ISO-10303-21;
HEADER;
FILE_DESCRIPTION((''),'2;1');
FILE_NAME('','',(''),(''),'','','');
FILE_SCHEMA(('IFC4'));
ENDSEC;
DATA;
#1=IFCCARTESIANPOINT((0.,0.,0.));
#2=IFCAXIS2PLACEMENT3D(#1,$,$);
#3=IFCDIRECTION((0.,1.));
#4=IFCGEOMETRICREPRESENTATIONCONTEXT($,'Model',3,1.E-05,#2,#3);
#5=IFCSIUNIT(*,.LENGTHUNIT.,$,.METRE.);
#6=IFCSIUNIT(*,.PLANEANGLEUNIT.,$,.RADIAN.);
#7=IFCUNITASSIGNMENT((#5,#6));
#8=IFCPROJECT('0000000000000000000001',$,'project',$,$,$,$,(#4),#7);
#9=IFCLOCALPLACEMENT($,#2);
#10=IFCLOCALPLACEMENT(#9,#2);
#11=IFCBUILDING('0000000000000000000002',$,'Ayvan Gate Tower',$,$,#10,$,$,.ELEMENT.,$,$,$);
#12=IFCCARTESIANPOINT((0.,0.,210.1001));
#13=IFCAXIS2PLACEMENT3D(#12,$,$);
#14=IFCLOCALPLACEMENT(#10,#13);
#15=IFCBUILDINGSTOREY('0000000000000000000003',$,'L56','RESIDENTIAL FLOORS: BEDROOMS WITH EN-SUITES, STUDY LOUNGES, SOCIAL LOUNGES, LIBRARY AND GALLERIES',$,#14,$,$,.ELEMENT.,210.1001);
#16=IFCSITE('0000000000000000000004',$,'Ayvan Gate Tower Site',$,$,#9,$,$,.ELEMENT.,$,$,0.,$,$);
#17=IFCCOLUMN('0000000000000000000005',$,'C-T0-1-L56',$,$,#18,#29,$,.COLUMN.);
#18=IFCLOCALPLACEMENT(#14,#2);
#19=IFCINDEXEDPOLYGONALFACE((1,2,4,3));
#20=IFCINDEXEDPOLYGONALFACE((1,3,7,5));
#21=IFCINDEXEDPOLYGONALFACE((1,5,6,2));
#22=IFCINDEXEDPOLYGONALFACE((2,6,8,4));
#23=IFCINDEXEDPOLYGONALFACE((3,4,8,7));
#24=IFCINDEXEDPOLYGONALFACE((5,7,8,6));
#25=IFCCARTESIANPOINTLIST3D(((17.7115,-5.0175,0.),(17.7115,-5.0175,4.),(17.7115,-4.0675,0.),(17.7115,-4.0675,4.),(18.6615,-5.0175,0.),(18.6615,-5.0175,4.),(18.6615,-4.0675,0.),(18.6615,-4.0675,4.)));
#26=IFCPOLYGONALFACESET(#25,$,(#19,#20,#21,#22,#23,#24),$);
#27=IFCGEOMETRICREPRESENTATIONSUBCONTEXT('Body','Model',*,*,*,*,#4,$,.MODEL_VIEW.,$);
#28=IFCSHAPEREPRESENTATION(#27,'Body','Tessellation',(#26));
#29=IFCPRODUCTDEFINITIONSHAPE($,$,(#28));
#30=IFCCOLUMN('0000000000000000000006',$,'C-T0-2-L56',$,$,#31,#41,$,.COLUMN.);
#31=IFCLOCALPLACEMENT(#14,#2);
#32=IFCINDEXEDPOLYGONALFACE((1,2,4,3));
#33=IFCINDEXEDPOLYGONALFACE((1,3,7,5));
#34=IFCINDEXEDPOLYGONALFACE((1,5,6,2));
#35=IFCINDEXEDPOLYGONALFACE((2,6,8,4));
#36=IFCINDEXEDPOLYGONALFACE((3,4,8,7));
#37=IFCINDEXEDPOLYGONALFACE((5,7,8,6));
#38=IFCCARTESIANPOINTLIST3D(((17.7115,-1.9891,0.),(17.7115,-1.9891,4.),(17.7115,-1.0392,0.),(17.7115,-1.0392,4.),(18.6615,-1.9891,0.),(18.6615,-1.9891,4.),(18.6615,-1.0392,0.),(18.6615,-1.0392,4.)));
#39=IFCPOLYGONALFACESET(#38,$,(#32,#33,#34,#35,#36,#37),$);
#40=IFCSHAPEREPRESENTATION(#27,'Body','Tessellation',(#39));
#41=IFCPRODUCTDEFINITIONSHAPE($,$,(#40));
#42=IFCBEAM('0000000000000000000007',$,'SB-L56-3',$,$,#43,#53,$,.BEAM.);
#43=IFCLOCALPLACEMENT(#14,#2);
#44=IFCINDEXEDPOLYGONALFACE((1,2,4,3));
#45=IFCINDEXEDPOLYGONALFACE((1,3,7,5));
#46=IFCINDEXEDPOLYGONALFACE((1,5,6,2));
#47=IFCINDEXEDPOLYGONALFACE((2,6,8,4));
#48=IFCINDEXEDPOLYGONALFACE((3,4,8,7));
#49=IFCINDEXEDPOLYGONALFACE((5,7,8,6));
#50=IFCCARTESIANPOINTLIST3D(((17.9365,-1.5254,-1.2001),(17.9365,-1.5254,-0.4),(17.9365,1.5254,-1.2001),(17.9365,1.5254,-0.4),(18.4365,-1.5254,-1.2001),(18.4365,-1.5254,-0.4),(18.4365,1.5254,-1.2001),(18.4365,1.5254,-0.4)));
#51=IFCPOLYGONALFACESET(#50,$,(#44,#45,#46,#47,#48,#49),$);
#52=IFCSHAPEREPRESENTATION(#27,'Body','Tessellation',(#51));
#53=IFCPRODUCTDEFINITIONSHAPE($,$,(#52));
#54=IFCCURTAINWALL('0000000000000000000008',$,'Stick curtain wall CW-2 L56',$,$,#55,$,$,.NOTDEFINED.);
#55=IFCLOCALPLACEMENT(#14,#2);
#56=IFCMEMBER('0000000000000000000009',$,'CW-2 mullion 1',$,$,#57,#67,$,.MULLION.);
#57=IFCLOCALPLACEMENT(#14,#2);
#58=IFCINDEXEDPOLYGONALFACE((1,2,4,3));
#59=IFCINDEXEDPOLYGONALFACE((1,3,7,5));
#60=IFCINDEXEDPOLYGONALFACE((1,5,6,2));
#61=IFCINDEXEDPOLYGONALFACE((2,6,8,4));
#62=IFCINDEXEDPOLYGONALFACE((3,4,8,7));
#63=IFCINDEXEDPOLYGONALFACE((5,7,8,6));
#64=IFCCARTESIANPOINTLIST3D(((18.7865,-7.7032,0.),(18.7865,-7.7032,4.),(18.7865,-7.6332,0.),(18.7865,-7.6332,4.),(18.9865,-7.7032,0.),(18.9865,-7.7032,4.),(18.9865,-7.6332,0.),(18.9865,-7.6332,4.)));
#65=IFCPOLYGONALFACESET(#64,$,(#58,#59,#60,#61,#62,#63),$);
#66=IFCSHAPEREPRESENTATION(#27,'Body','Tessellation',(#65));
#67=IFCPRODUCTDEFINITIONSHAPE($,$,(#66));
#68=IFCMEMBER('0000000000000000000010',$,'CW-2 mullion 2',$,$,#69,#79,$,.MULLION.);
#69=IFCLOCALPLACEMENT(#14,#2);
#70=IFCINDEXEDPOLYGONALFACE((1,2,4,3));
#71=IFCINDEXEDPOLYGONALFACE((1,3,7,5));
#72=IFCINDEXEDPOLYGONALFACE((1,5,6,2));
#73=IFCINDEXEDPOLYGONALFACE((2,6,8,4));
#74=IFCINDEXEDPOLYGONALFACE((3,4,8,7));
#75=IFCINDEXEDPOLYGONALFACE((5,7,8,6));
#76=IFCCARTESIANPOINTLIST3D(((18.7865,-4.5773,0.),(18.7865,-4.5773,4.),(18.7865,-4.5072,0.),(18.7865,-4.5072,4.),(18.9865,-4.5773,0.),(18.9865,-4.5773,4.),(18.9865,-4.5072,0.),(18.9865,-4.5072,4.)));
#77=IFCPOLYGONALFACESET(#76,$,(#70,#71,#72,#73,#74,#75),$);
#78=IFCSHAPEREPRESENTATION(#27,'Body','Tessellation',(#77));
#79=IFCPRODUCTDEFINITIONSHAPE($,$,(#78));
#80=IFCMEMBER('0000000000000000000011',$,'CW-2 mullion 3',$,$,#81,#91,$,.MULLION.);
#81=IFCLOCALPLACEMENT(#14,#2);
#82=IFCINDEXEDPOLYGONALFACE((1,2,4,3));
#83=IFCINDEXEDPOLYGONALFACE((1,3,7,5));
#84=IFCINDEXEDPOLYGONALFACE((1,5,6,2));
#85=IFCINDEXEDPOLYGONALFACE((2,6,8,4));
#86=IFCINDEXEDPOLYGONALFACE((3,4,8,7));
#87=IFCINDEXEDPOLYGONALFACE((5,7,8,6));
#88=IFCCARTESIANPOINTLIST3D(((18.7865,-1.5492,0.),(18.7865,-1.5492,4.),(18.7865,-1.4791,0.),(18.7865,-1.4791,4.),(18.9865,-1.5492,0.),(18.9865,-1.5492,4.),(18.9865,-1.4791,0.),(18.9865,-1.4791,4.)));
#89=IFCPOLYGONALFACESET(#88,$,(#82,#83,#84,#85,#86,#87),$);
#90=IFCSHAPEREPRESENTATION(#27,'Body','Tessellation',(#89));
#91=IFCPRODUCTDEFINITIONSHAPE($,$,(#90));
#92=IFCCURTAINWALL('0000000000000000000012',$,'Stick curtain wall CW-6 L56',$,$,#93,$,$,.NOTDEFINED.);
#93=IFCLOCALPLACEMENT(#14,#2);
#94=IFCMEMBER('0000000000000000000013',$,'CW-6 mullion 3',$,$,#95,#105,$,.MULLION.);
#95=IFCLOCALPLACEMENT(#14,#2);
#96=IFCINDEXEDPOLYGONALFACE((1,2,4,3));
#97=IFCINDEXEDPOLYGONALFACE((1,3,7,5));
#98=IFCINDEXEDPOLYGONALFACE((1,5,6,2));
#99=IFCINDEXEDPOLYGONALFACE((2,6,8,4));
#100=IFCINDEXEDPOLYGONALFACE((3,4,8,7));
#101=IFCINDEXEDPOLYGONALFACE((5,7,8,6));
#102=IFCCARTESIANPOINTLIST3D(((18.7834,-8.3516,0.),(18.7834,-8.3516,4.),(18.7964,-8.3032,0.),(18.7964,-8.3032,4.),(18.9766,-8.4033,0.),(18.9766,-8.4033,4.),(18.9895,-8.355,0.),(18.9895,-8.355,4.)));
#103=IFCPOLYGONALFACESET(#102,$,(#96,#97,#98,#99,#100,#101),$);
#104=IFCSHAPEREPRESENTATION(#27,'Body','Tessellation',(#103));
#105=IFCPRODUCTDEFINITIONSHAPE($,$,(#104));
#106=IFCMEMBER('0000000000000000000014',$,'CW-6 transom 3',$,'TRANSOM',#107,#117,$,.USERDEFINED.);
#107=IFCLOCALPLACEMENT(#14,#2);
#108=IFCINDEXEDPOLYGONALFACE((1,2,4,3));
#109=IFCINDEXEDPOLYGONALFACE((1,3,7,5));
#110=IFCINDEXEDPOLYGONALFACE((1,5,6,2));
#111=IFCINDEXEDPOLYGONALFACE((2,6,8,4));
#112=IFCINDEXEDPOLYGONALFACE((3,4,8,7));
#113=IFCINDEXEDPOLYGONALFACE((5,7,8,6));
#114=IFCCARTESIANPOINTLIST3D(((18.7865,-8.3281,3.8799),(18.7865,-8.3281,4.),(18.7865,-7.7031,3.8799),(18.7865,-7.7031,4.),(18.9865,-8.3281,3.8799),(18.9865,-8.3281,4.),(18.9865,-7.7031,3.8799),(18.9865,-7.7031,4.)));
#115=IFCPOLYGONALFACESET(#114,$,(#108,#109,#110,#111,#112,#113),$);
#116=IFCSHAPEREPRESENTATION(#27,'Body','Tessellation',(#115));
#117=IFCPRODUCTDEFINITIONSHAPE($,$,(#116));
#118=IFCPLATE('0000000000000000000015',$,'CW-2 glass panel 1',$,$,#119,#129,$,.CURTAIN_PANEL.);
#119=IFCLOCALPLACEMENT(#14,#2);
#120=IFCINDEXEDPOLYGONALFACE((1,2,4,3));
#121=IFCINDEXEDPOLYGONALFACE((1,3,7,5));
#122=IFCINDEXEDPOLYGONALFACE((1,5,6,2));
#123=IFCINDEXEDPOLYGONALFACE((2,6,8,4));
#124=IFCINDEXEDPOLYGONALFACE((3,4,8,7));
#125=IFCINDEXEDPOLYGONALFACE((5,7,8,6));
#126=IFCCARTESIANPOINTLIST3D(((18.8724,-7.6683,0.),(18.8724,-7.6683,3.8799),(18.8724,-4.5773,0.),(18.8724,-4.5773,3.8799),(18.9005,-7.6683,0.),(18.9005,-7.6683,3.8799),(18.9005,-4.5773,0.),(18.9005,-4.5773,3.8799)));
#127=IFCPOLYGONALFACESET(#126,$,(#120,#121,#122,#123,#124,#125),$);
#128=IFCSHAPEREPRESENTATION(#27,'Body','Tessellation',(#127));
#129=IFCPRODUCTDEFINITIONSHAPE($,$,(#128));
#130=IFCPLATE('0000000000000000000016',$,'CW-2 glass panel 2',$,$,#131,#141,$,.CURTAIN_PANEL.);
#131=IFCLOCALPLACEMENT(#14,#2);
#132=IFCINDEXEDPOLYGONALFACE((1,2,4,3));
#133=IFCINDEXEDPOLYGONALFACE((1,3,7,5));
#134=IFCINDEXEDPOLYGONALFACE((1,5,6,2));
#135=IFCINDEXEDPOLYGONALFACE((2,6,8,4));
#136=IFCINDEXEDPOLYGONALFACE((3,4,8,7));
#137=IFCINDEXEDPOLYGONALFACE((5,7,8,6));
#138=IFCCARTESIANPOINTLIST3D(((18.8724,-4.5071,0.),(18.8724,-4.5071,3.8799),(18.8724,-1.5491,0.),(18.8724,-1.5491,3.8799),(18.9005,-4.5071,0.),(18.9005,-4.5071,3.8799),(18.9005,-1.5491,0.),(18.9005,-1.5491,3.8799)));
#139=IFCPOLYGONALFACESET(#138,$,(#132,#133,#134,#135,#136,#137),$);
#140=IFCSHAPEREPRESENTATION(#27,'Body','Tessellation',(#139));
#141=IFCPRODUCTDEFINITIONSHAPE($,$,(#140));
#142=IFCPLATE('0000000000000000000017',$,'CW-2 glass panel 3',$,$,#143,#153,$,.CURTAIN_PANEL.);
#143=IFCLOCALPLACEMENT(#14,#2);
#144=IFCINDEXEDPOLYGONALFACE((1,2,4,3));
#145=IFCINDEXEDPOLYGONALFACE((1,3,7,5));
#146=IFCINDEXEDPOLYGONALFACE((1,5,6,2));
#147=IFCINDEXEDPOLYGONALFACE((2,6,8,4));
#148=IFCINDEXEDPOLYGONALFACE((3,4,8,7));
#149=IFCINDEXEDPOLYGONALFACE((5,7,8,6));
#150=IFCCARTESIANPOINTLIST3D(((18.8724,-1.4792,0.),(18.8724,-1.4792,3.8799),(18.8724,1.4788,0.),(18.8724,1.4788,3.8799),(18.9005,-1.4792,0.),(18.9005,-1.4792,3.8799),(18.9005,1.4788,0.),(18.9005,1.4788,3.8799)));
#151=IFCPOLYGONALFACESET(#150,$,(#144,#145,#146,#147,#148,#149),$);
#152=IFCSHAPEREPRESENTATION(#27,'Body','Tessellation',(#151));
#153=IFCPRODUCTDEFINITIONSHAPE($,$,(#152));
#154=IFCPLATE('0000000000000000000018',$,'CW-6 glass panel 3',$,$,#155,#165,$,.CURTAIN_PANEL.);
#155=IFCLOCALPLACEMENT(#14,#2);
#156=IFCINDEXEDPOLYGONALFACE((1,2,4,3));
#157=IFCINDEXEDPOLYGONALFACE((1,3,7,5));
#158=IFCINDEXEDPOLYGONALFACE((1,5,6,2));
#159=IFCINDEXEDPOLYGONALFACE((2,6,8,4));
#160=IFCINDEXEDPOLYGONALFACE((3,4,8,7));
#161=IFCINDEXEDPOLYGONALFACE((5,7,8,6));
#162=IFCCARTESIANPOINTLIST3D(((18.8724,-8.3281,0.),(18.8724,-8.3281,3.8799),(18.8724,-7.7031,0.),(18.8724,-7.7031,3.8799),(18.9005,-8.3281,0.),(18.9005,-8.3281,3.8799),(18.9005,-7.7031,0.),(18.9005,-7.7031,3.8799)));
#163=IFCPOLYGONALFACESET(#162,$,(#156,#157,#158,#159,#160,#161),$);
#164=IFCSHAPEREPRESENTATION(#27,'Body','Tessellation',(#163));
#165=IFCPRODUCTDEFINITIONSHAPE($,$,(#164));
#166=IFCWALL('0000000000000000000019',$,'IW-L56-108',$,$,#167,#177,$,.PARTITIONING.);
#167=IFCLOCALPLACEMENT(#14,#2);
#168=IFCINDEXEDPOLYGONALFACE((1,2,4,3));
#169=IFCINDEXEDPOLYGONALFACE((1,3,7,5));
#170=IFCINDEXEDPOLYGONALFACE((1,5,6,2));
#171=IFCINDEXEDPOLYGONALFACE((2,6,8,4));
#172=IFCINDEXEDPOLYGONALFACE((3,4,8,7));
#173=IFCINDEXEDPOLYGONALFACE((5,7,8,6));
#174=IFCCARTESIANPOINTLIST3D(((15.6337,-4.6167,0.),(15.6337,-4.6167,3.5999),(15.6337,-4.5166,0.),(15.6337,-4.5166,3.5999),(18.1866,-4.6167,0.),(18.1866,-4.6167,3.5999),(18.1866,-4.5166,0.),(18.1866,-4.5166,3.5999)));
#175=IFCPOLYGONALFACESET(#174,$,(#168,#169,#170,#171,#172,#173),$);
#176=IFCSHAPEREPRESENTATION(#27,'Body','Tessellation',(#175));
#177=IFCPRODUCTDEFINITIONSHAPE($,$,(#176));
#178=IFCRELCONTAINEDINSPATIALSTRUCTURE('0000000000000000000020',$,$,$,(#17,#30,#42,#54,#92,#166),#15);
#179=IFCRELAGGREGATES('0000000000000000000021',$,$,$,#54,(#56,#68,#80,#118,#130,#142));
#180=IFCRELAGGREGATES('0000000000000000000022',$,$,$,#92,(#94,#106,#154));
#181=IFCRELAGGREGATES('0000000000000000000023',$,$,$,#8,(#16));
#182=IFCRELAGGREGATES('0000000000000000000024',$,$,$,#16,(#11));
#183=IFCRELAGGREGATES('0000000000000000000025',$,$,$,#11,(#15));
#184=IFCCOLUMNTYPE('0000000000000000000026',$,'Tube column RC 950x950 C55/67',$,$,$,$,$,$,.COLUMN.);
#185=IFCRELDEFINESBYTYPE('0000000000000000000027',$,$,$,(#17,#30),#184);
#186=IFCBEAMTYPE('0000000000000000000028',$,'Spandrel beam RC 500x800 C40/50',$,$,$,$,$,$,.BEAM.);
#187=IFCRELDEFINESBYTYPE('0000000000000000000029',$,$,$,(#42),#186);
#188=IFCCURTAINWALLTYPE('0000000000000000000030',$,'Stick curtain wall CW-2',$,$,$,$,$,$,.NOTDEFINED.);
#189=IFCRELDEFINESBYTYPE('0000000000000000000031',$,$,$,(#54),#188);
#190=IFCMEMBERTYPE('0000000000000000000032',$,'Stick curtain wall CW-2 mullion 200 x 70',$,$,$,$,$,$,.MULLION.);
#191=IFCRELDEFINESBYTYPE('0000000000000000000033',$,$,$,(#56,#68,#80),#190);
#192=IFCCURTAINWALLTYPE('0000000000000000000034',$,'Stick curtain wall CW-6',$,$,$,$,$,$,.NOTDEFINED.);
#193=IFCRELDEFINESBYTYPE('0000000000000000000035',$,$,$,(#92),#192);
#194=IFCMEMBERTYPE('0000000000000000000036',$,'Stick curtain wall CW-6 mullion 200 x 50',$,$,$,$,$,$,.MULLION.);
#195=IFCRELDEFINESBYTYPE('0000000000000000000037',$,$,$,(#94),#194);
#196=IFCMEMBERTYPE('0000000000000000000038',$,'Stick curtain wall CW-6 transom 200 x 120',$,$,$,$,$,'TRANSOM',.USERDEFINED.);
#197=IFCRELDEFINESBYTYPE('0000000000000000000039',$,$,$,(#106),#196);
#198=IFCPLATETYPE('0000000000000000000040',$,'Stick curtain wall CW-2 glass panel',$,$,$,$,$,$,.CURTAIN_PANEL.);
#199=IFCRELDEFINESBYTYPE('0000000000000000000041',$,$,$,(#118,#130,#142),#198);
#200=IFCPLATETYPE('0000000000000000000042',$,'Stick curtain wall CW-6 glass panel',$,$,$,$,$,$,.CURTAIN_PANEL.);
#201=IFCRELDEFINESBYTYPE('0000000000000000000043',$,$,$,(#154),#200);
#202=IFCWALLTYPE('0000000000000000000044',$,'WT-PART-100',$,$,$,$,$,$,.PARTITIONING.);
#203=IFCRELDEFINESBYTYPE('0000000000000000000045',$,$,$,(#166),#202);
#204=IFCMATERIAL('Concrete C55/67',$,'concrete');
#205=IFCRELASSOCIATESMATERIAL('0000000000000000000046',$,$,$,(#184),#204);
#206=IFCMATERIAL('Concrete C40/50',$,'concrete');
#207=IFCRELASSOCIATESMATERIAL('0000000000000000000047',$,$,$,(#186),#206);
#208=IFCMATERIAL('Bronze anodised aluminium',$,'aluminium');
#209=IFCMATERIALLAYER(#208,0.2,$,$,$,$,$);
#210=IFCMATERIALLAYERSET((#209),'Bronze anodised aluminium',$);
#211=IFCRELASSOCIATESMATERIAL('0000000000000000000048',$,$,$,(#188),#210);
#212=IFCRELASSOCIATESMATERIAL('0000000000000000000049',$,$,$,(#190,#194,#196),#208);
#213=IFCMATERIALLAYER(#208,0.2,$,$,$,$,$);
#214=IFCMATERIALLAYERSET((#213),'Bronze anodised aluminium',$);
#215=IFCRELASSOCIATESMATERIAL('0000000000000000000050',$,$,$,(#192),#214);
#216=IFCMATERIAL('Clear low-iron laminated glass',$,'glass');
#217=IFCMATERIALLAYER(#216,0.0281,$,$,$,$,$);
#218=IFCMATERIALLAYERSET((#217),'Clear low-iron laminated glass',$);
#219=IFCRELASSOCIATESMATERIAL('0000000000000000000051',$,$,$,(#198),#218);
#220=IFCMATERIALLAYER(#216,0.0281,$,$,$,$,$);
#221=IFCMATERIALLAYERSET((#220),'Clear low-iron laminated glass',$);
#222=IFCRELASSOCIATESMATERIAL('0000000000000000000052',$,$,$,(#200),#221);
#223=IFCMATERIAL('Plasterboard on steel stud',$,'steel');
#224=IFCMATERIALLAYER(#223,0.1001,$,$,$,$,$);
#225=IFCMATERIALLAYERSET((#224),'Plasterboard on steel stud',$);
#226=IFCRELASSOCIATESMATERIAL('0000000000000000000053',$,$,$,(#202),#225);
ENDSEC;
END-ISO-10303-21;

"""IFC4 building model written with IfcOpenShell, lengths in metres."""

from ifc_helpers import new_model, si_unit, direction, frame, frame_2d, origin, origin_2d, place, context, subcontext, project, spatial, rectangle, extrude, material, layer, layer_set, material_profile, profile_set, type_object, element, aggregate, save


model = new_model("IFC4")

# Units and contexts
model_context = context("Model", 3, precision=1e-05, world=origin(), true_north=direction((0.0, 1.0)))
body_context = subcontext(model_context, "Body", "Model", "MODEL_VIEW")
ifc_project = project(units=[si_unit("LENGTHUNIT", "METRE"), si_unit("PLANEANGLEUNIT", "RADIAN")], contexts=[model_context])

# Site, building, storey
site_placement = place(None, origin())
site = spatial("IfcSite", under=ifc_project, at=site_placement, Name="Ayvan Gate Tower Site", CompositionType="ELEMENT", RefElevation=0.0)
building_placement = place(site_placement, origin())
building = spatial("IfcBuilding", under=site, at=building_placement, Name="Ayvan Gate Tower", CompositionType="ELEMENT")
storey_placement = place(building_placement, frame((0.0, 0.0, 210.1001)))
storey = spatial("IfcBuildingStorey", under=building, at=storey_placement, Name="L56", Description="RESIDENTIAL FLOORS: BEDROOMS WITH EN-SUITES, STUDY LOUNGES, SOCIAL LOUNGES, LIBRARY AND GALLERIES", CompositionType="ELEMENT", Elevation=210.1001)

# Columns
ifc_material_1 = material(Name="Concrete C55/67", Category="concrete")
ifc_material_profile_1 = material_profile(ifc_material_1, rectangle(XDim=0.95, YDim=0.95, at=origin_2d()), Name="RC 950x950")
ifc_profile_set_1 = profile_set([ifc_material_profile_1], Name="Concrete C55/67")
column_type = type_object("IfcColumnType", Name="Tube column RC 950x950 C55/67", PredefinedType="COLUMN", material=ifc_profile_set_1)
for number, where, z_axis, x_axis, name in (
    (1, (18.1865, -4.5425, 0.0), (0.0, 0.0, 1.0), (1.0, 0.0, 0.0), "C-T0-1-L56"),
    (2, (18.1865, -1.5142, 0.0), (0.0, 0.0, 1.0), (1.0, 0.0, 0.0), "C-T0-2-L56"),
):
    element("IfcColumn", number, at=place(storey_placement, frame(where, z_axis=z_axis, x_axis=x_axis)), inside=storey, type_object=column_type, Name=name, PredefinedType="COLUMN", context=body_context, shape_type="SweptSolid", body=[
        extrude(rectangle(XDim=0.95, YDim=0.95, at=origin_2d()), origin(), (0.0, 0.0, 1.0), 4.0),
    ])

# Beam
ifc_material_2 = material(Name="Concrete C40/50", Category="concrete")
ifc_material_profile_2 = material_profile(ifc_material_2, rectangle(XDim=0.5, YDim=0.8, at=origin_2d()), Name="RC 500x800")
ifc_profile_set_2 = profile_set([ifc_material_profile_2], Name="Concrete C40/50")
beam_type = type_object("IfcBeamType", Name="Spandrel beam RC 500x800 C40/50", PredefinedType="BEAM", material=ifc_profile_set_2)
beam_placement = place(storey_placement, frame((18.1865, -1.5254, -0.8), z_axis=(0.0, 1.0, 0.0), x_axis=(-1.0, 0.0, 0.0)))
element("IfcBeam", 3, at=beam_placement, inside=storey, type_object=beam_type, Name="SB-L56-3", PredefinedType="BEAM", context=body_context, shape_type="SweptSolid", body=[
    extrude(rectangle(XDim=0.5, YDim=0.8, at=origin_2d()), origin(), (0.0, 0.0, 1.0), 3.0508),
])

# Curtain walls, members
ifc_material_3 = material(Name="Bronze anodised aluminium", Category="aluminium")
ifc_layer_1 = layer(ifc_material_3, 0.2)
ifc_layer_set_1 = layer_set([ifc_layer_1], Name="Bronze anodised aluminium")
curtain_wall_type_1 = type_object("IfcCurtainWallType", Name="Stick curtain wall CW-2", PredefinedType="NOTDEFINED", material=ifc_layer_set_1)
curtain_wall_1_placement = place(storey_placement, origin())
curtain_wall_1 = element("IfcCurtainWall", 4, at=curtain_wall_1_placement, inside=storey, type_object=curtain_wall_type_1, Name="Stick curtain wall CW-2 L56", PredefinedType="NOTDEFINED")
ifc_material_profile_3 = material_profile(ifc_material_3, rectangle(XDim=0.2, YDim=0.0701, at=origin_2d()), Name="Stick curtain wall CW-2 mullion 200 x 70")
ifc_profile_set_3 = profile_set([ifc_material_profile_3], Name="Bronze anodised aluminium")
member_type_1 = type_object("IfcMemberType", Name="Stick curtain wall CW-2 mullion 200 x 70", PredefinedType="MULLION", material=ifc_profile_set_3)
member_1_placement = place(storey_placement, frame((18.8865, -7.6682, 0.0), z_axis=(0.0, 0.0, 1.0), x_axis=(1.0, 0.0, 0.0)))
member_1 = element("IfcMember", 5, at=member_1_placement, type_object=member_type_1, Name="CW-2 mullion 1", PredefinedType="MULLION", context=body_context, shape_type="SweptSolid", body=[
    extrude(rectangle(XDim=0.2, YDim=0.0701, at=origin_2d()), origin(), (0.0, 0.0, 1.0), 4.0),
])
member_2_placement = place(storey_placement, frame((18.8865, -4.5422, 0.0), z_axis=(0.0, 0.0, 1.0), x_axis=(1.0, 0.0, 0.0)))
member_2 = element("IfcMember", 6, at=member_2_placement, type_object=member_type_1, Name="CW-2 mullion 2", PredefinedType="MULLION", context=body_context, shape_type="SweptSolid", body=[
    extrude(rectangle(XDim=0.2, YDim=0.0701, at=origin_2d()), origin(), (0.0, 0.0, 1.0), 4.0),
])
member_3_placement = place(storey_placement, frame((18.8865, -1.5142, 0.0), z_axis=(0.0, 0.0, 1.0), x_axis=(1.0, 0.0, 0.0)))
member_3 = element("IfcMember", 7, at=member_3_placement, type_object=member_type_1, Name="CW-2 mullion 3", PredefinedType="MULLION", context=body_context, shape_type="SweptSolid", body=[
    extrude(rectangle(XDim=0.2, YDim=0.0701, at=origin_2d()), origin(), (0.0, 0.0, 1.0), 4.0),
])
ifc_layer_2 = layer(ifc_material_3, 0.2)
ifc_layer_set_2 = layer_set([ifc_layer_2], Name="Bronze anodised aluminium")
curtain_wall_type_2 = type_object("IfcCurtainWallType", Name="Stick curtain wall CW-6", PredefinedType="NOTDEFINED", material=ifc_layer_set_2)
curtain_wall_2_placement = place(storey_placement, origin())
curtain_wall_2 = element("IfcCurtainWall", 8, at=curtain_wall_2_placement, inside=storey, type_object=curtain_wall_type_2, Name="Stick curtain wall CW-6 L56", PredefinedType="NOTDEFINED")
ifc_material_profile_4 = material_profile(ifc_material_3, rectangle(XDim=0.2, YDim=0.05, at=origin_2d()), Name="Stick curtain wall CW-6 mullion 200 x 50")
ifc_profile_set_4 = profile_set([ifc_material_profile_4], Name="Bronze anodised aluminium")
member_type_2 = type_object("IfcMemberType", Name="Stick curtain wall CW-6 mullion 200 x 50", PredefinedType="MULLION", material=ifc_profile_set_4)
member_4_placement = place(storey_placement, frame((18.8865, -8.3533, 0.0), z_axis=(0.0, 0.0, 1.0), x_axis=(0.965926, -0.258819, 0.0)))
member_4 = element("IfcMember", 9, at=member_4_placement, type_object=member_type_2, Name="CW-6 mullion 3", PredefinedType="MULLION", context=body_context, shape_type="SweptSolid", body=[
    extrude(rectangle(XDim=0.2, YDim=0.05, at=origin_2d()), origin(), (0.0, 0.0, 1.0), 4.0),
])
ifc_material_profile_5 = material_profile(ifc_material_3, rectangle(XDim=0.2, YDim=0.1201, at=origin_2d()), Name="Stick curtain wall CW-6 transom 200 x 120")
ifc_profile_set_5 = profile_set([ifc_material_profile_5], Name="Bronze anodised aluminium")
member_type_3 = type_object("IfcMemberType", Name="Stick curtain wall CW-6 transom 200 x 120", ElementType="TRANSOM", PredefinedType="USERDEFINED", material=ifc_profile_set_5)
member_5_placement = place(storey_placement, frame((18.8865, -8.3281, 3.9399), z_axis=(0.0, 1.0, 0.0), x_axis=(-1.0, 0.0, 0.0)))
member_5 = element("IfcMember", 10, at=member_5_placement, type_object=member_type_3, Name="CW-6 transom 3", ObjectType="TRANSOM", PredefinedType="USERDEFINED", context=body_context, shape_type="SweptSolid", body=[
    extrude(rectangle(XDim=0.2, YDim=0.1201, at=origin_2d()), origin(), (0.0, 0.0, 1.0), 0.625),
])

# Plates
ifc_material_4 = material(Name="Clear low-iron laminated glass", Category="glass")
ifc_layer_3 = layer(ifc_material_4, 0.0281)
ifc_layer_set_3 = layer_set([ifc_layer_3], Name="Clear low-iron laminated glass")
plate_type_1 = type_object("IfcPlateType", Name="Stick curtain wall CW-2 glass panel", PredefinedType="CURTAIN_PANEL", material=ifc_layer_set_3)
plate_1_placement = place(storey_placement, frame((18.8865, -6.1228, 0.0), z_axis=(0.0, 0.0, 1.0), x_axis=(0.0, 1.0, 0.0)))
plate_1 = element("IfcPlate", 11, at=plate_1_placement, type_object=plate_type_1, Name="CW-2 glass panel 1", PredefinedType="CURTAIN_PANEL", context=body_context, shape_type="SweptSolid", body=[
    extrude(rectangle(XDim=3.0911, YDim=0.0281, at=origin_2d()), origin(), (0.0, 0.0, 1.0), 3.8799),
])
plate_2_placement = place(storey_placement, frame((18.8865, -3.0281, 0.0), z_axis=(0.0, 0.0, 1.0), x_axis=(0.0, 1.0, 0.0)))
plate_2 = element("IfcPlate", 12, at=plate_2_placement, type_object=plate_type_1, Name="CW-2 glass panel 2", PredefinedType="CURTAIN_PANEL", context=body_context, shape_type="SweptSolid", body=[
    extrude(rectangle(XDim=2.958, YDim=0.0281, at=origin_2d()), origin(), (0.0, 0.0, 1.0), 3.8799),
])
plate_3_placement = place(storey_placement, frame((18.8865, -0.0002, 0.0), z_axis=(0.0, 0.0, 1.0), x_axis=(0.0, 1.0, 0.0)))
plate_3 = element("IfcPlate", 13, at=plate_3_placement, type_object=plate_type_1, Name="CW-2 glass panel 3", PredefinedType="CURTAIN_PANEL", context=body_context, shape_type="SweptSolid", body=[
    extrude(rectangle(XDim=2.958, YDim=0.0281, at=origin_2d()), origin(), (0.0, 0.0, 1.0), 3.8799),
])
aggregate(curtain_wall_1, [member_1, member_2, member_3, plate_1, plate_2, plate_3])
ifc_layer_4 = layer(ifc_material_4, 0.0281)
ifc_layer_set_4 = layer_set([ifc_layer_4], Name="Clear low-iron laminated glass")
plate_type_2 = type_object("IfcPlateType", Name="Stick curtain wall CW-6 glass panel", PredefinedType="CURTAIN_PANEL", material=ifc_layer_set_4)
plate_4_placement = place(storey_placement, frame((18.8865, -8.0156, 0.0), z_axis=(0.0, 0.0, 1.0), x_axis=(0.0, 1.0, 0.0)))
plate_4 = element("IfcPlate", 14, at=plate_4_placement, type_object=plate_type_2, Name="CW-6 glass panel 3", PredefinedType="CURTAIN_PANEL", context=body_context, shape_type="SweptSolid", body=[
    extrude(rectangle(XDim=0.625, YDim=0.0281, at=origin_2d()), origin(), (0.0, 0.0, 1.0), 3.8799),
])
aggregate(curtain_wall_2, [member_4, member_5, plate_4])

# Wall
ifc_material_5 = material(Name="Plasterboard on steel stud", Category="steel")
ifc_layer_5 = layer(ifc_material_5, 0.1001)
ifc_layer_set_5 = layer_set([ifc_layer_5], Name="Plasterboard on steel stud")
wall_type = type_object("IfcWallType", Name="WT-PART-100", PredefinedType="PARTITIONING", material=ifc_layer_set_5)
wall_placement = place(storey_placement, frame((18.1865, -4.5667, 0.0), z_axis=(0.0, 0.0, 1.0), x_axis=(-1.0, 0.0, 0.0)))
element("IfcWall", 15, at=wall_placement, inside=storey, type_object=wall_type, Name="IW-L56-108", PredefinedType="PARTITIONING", context=body_context, shape_type="SweptSolid", body=[
    extrude(rectangle(XDim=2.553, YDim=0.1001, at=frame_2d((1.2764, 0.0))), origin(), (0.0, 0.0, 1.0), 3.5999),
])

save(model, "model.ifc")
